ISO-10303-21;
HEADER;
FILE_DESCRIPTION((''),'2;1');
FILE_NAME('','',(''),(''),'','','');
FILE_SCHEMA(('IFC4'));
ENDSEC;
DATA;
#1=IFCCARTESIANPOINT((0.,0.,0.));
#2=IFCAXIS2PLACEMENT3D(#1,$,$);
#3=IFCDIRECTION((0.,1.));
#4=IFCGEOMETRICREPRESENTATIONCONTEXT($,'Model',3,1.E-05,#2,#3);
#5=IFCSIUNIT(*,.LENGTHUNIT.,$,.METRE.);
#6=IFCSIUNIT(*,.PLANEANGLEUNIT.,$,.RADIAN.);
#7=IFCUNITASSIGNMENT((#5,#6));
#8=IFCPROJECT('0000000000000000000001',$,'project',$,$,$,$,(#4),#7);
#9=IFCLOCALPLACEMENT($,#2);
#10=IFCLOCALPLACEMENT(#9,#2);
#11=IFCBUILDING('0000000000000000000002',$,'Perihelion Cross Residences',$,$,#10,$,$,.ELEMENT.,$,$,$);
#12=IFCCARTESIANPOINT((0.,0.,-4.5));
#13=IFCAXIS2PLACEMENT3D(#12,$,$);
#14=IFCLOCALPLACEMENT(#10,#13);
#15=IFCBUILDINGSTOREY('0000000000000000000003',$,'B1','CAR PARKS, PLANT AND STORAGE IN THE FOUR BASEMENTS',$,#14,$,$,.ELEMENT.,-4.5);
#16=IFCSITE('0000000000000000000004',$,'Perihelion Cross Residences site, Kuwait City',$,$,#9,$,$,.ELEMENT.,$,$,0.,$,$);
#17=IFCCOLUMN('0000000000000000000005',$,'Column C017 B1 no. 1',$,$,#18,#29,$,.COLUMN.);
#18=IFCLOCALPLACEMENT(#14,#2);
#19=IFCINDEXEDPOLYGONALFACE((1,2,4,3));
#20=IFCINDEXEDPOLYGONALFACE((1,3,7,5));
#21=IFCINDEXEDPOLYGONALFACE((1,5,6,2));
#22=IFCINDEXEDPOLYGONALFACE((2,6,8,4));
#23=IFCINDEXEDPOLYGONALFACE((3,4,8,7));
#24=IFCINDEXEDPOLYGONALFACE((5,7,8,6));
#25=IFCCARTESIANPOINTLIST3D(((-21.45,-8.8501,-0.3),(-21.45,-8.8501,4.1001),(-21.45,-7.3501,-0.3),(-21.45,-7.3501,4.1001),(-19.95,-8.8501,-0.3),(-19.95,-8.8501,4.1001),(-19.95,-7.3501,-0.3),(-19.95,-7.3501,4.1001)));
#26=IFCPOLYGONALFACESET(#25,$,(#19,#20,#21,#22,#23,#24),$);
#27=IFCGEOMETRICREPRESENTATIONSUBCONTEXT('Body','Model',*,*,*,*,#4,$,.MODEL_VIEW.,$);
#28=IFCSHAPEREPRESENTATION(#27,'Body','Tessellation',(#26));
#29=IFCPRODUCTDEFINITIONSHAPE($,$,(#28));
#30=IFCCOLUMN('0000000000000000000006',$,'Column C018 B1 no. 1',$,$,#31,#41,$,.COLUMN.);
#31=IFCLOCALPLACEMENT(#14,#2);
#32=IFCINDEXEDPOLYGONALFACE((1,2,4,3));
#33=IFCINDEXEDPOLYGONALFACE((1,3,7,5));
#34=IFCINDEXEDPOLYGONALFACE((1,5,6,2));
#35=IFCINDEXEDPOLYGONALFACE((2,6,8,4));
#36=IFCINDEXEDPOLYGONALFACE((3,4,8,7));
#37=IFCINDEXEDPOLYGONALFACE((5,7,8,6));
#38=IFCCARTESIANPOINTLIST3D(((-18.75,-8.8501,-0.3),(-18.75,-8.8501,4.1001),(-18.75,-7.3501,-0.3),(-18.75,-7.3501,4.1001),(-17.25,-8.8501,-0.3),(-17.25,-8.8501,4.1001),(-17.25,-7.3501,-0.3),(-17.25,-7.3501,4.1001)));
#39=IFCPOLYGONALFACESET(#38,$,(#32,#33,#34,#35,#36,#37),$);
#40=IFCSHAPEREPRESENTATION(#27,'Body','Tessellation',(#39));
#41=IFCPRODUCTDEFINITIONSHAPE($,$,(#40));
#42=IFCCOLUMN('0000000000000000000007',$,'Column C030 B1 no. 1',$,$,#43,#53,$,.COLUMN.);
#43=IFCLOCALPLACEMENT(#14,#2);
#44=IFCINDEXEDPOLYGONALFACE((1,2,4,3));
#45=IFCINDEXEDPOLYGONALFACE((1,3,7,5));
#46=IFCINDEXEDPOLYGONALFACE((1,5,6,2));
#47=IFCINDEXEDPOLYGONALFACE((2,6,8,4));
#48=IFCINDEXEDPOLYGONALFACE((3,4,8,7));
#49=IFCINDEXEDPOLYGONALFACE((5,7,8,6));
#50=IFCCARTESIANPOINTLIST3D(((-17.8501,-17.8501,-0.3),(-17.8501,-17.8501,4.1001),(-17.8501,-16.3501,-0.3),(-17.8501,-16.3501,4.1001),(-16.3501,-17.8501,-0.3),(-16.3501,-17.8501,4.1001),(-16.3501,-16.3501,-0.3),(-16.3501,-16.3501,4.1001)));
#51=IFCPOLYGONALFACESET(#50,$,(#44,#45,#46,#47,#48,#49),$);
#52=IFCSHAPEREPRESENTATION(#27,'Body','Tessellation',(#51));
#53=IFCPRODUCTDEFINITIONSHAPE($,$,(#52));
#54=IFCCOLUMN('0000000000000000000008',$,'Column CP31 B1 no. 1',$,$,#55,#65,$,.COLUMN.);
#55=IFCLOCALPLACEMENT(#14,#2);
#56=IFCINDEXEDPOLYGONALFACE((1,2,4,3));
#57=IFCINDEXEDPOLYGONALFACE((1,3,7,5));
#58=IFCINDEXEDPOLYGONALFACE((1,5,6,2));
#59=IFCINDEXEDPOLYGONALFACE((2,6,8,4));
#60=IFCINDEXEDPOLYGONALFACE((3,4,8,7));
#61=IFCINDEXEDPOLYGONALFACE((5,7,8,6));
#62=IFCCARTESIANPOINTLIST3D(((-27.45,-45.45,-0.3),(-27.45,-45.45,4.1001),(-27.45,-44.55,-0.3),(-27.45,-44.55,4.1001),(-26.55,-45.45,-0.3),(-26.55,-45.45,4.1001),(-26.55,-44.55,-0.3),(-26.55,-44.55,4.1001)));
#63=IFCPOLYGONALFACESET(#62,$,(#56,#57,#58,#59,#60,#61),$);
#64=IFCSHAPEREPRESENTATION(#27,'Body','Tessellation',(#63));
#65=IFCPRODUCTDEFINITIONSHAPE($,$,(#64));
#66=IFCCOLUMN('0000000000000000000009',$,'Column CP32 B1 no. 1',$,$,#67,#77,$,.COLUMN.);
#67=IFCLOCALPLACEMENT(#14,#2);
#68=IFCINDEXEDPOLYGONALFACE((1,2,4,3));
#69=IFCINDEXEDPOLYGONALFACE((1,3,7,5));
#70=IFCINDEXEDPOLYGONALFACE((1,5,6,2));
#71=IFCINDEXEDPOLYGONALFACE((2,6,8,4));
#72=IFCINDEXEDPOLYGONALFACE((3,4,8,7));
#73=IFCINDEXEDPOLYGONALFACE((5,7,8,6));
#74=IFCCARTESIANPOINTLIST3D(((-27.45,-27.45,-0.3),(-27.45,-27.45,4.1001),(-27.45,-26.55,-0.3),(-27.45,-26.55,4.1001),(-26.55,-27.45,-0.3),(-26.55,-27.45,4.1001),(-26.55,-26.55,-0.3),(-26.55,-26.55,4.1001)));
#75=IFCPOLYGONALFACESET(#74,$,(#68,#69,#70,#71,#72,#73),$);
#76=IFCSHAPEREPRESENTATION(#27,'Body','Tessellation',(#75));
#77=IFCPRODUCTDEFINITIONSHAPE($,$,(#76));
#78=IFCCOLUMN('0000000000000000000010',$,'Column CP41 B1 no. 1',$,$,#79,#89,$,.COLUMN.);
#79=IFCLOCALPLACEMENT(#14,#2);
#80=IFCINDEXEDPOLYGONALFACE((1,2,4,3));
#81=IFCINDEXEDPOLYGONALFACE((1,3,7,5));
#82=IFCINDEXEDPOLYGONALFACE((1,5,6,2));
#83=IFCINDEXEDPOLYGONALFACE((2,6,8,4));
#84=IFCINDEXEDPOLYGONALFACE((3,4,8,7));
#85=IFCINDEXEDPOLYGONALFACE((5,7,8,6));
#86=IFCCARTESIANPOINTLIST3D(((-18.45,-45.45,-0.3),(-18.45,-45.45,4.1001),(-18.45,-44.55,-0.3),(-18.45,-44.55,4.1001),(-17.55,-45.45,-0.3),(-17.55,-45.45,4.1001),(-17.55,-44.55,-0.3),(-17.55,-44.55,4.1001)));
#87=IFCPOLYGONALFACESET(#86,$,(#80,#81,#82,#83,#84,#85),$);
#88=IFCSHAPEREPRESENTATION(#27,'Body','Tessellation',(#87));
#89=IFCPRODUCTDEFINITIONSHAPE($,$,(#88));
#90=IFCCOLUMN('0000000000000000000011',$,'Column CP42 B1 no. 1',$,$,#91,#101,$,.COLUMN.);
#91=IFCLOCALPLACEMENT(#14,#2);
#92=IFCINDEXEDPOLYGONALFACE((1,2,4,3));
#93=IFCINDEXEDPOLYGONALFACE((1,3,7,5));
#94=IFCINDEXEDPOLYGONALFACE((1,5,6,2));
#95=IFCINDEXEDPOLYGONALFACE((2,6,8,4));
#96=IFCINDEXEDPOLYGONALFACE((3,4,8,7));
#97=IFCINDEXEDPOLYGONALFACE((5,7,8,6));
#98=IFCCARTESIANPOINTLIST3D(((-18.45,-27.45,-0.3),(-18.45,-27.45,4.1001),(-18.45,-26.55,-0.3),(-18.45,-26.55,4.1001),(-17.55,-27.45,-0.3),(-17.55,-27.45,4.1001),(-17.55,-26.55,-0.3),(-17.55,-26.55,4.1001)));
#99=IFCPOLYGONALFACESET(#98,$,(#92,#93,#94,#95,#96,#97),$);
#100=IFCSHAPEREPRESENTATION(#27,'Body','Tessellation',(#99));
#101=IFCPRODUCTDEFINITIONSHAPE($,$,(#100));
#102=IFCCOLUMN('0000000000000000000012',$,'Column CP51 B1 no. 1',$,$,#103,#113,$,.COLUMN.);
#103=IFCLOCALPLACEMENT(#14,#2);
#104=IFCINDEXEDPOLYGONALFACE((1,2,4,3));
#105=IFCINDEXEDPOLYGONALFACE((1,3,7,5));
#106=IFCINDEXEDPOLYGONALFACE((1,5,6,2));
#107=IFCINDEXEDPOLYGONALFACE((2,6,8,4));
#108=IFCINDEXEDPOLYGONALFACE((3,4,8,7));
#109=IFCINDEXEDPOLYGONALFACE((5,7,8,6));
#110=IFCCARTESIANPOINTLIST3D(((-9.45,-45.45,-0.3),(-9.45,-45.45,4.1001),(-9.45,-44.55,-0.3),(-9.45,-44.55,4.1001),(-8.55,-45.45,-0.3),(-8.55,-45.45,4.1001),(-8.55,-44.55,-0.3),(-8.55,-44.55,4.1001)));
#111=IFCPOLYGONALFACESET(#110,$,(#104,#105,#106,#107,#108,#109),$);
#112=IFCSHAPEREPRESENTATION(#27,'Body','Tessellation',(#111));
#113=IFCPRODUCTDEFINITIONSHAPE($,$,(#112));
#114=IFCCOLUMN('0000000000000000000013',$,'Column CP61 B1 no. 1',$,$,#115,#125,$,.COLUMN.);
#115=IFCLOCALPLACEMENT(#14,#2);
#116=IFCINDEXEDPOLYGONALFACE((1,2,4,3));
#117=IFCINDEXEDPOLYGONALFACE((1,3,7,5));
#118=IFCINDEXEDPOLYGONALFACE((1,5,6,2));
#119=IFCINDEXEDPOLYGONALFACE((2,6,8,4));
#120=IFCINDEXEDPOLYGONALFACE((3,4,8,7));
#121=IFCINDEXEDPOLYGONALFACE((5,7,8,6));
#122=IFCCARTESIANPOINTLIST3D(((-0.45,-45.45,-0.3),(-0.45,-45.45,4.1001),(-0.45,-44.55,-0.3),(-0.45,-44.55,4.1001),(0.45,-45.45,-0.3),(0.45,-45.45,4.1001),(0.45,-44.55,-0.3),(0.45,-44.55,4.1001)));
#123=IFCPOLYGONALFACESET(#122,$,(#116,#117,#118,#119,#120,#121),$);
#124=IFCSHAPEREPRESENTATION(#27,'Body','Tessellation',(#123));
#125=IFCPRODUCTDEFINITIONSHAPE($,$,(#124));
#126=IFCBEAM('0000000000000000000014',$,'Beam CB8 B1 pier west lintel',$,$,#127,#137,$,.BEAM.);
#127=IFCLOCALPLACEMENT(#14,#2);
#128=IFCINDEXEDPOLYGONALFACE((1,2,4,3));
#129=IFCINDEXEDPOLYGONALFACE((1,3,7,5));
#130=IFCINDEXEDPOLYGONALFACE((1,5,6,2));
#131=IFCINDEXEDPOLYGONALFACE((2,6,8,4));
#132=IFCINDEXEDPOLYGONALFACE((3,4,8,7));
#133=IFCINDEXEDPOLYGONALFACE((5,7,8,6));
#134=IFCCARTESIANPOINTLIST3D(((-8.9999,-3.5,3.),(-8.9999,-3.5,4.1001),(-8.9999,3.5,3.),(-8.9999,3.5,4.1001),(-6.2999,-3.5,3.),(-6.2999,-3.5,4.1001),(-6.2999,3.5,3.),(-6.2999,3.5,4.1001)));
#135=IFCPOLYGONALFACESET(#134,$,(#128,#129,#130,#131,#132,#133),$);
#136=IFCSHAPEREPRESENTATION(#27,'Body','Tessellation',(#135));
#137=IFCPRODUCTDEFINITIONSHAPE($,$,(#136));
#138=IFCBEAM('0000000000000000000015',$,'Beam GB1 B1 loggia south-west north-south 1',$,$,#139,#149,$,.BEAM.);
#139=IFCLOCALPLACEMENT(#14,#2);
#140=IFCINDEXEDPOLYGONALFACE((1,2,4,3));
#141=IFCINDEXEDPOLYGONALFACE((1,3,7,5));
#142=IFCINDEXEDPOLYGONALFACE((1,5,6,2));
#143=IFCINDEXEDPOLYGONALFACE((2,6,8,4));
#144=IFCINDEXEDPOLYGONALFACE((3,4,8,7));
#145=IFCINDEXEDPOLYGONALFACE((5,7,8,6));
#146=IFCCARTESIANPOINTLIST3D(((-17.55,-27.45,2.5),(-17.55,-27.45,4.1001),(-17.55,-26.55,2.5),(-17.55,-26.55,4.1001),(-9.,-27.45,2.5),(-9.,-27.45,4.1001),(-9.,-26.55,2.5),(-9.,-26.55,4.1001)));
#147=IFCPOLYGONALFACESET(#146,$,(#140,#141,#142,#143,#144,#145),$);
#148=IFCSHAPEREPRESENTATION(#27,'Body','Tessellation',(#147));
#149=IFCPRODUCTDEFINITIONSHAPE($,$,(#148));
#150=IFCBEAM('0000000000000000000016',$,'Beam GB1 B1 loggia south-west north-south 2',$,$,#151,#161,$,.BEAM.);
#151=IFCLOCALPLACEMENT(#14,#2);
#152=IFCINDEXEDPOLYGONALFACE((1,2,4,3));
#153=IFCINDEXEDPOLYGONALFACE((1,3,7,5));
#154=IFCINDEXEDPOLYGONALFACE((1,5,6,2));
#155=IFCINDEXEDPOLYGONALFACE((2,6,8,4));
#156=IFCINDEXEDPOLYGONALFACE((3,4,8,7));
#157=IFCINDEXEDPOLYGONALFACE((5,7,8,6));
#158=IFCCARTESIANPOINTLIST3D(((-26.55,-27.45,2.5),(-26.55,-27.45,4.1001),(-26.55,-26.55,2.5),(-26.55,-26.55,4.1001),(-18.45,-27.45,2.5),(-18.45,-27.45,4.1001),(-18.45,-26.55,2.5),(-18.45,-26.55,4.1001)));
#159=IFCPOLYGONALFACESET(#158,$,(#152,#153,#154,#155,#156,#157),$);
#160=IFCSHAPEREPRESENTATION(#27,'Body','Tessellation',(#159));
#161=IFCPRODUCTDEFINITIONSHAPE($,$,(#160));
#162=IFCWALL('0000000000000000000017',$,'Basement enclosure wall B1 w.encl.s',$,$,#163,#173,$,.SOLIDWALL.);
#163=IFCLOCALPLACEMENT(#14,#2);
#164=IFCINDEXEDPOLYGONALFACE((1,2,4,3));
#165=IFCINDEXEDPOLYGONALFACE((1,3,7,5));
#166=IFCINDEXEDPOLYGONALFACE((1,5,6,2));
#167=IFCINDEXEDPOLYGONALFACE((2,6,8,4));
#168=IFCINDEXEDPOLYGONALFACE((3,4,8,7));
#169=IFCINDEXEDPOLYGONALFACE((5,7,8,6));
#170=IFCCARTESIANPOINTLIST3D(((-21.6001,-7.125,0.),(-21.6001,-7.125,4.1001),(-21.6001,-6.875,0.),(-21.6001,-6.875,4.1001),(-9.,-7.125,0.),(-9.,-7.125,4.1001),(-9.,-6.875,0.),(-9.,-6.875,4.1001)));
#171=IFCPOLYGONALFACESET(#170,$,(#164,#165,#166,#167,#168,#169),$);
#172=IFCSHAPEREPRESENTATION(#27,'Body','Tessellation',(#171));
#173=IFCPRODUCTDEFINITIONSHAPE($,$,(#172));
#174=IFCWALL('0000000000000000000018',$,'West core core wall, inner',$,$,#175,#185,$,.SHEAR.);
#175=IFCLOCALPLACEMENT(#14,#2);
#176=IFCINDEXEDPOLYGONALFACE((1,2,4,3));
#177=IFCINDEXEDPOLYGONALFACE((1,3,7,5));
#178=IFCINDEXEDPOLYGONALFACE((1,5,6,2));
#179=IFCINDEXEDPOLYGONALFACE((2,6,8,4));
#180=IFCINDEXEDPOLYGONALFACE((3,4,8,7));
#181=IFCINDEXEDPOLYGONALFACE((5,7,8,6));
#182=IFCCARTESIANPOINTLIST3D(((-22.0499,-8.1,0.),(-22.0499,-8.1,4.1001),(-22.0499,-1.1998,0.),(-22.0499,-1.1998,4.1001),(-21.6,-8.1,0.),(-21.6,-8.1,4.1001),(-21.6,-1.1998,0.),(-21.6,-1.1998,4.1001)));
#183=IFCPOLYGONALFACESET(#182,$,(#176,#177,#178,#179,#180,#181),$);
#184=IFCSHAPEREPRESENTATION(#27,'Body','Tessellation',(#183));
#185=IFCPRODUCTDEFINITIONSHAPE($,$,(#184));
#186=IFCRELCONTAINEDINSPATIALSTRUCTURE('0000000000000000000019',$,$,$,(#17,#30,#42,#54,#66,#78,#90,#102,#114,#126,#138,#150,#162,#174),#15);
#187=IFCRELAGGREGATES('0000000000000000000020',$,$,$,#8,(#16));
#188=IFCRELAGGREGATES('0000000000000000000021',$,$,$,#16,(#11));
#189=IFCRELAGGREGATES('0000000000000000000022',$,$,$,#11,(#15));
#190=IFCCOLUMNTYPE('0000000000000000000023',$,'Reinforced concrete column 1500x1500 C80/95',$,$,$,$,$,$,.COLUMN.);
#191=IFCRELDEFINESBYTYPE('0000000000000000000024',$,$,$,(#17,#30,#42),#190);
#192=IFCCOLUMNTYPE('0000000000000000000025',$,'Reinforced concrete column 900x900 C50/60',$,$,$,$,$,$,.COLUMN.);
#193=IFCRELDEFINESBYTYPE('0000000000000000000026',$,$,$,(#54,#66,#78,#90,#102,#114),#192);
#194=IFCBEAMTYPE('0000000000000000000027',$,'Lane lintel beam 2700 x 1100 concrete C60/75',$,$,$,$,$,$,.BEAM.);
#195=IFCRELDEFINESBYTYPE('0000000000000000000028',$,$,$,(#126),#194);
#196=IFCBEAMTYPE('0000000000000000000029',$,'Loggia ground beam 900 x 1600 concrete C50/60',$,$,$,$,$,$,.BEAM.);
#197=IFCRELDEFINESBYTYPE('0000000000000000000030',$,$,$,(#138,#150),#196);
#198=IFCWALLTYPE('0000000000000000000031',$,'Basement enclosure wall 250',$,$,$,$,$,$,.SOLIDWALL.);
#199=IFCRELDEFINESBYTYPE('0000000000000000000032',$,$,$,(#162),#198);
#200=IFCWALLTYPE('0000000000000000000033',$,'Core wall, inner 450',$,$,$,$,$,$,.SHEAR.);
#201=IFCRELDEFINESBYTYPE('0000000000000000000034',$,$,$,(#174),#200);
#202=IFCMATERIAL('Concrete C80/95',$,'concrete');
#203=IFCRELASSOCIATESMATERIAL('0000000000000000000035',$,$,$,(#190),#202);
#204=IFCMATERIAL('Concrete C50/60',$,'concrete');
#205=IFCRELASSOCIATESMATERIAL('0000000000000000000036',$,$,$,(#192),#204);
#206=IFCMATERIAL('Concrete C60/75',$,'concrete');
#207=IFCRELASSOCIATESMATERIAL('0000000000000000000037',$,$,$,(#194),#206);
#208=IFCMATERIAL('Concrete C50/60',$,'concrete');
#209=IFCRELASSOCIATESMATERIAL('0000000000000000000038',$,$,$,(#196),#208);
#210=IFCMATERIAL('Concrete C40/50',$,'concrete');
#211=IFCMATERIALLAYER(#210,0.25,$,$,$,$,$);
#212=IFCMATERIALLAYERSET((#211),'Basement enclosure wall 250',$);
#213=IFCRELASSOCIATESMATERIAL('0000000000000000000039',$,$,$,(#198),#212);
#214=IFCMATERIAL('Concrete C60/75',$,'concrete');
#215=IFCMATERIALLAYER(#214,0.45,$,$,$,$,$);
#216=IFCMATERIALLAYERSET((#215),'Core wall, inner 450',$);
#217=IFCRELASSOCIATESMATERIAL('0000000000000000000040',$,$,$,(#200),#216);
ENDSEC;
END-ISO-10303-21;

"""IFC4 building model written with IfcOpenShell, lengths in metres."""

from ifc_helpers import new_model, si_unit, direction, frame, frame_2d, origin, origin_2d, place, context, subcontext, project, spatial, rectangle, extrude, material, layer, layer_set, material_profile, profile_set, type_object, element, save


model = new_model("IFC4")

# Units and contexts
model_context = context("Model", 3, precision=1e-05, world=origin(), true_north=direction((0.0, 1.0)))
body_context = subcontext(model_context, "Body", "Model", "MODEL_VIEW")
ifc_project = project(units=[si_unit("LENGTHUNIT", "METRE"), si_unit("PLANEANGLEUNIT", "RADIAN")], contexts=[model_context])

# Site, building, storey
site_placement = place(None, origin())
site = spatial("IfcSite", under=ifc_project, at=site_placement, Name="Perihelion Cross Residences site, Kuwait City", CompositionType="ELEMENT", RefElevation=0.0)
building_placement = place(site_placement, origin())
building = spatial("IfcBuilding", under=site, at=building_placement, Name="Perihelion Cross Residences", CompositionType="ELEMENT")
storey_placement = place(building_placement, frame((0.0, 0.0, -4.5)))
storey = spatial("IfcBuildingStorey", under=building, at=storey_placement, Name="B1", Description="CAR PARKS, PLANT AND STORAGE IN THE FOUR BASEMENTS", CompositionType="ELEMENT", Elevation=-4.5)

# Columns
ifc_material_1 = material(Name="Concrete C80/95", Category="concrete")
ifc_material_profile_1 = material_profile(ifc_material_1, rectangle(XDim=1.5, YDim=1.5, at=origin_2d()), Name="RC 1500x1500")
ifc_profile_set_1 = profile_set([ifc_material_profile_1], Name="Concrete C80/95")
column_type_1 = type_object("IfcColumnType", Name="Reinforced concrete column 1500x1500 C80/95", PredefinedType="COLUMN", material=ifc_profile_set_1)
for number, where, z_axis, x_axis, name in (
    (1, (-20.7, -8.1001, -0.3), (0.0, 0.0, 1.0), (1.0, 0.0, 0.0), "Column C017 B1 no. 1"),
    (2, (-18.0, -8.1001, -0.3), (0.0, 0.0, 1.0), (1.0, 0.0, 0.0), "Column C018 B1 no. 1"),
    (3, (-17.1001, -17.1001, -0.3), (0.0, 0.0, 1.0), (1.0, 0.0, 0.0), "Column C030 B1 no. 1"),
):
    element("IfcColumn", number, at=place(storey_placement, frame(where, z_axis=z_axis, x_axis=x_axis)), inside=storey, type_object=column_type_1, Name=name, PredefinedType="COLUMN", context=body_context, shape_type="SweptSolid", body=[
        extrude(rectangle(XDim=1.5, YDim=1.5, at=origin_2d()), origin(), (0.0, 0.0, 1.0), 4.4001),
    ])
ifc_material_2 = material(Name="Concrete C50/60", Category="concrete")
ifc_material_profile_2 = material_profile(ifc_material_2, rectangle(XDim=0.8999, YDim=0.8999, at=origin_2d()), Name="RC 900x900")
ifc_profile_set_2 = profile_set([ifc_material_profile_2], Name="Concrete C50/60")
column_type_2 = type_object("IfcColumnType", Name="Reinforced concrete column 900x900 C50/60", PredefinedType="COLUMN", material=ifc_profile_set_2)
for number, where, z_axis, x_axis, name in (
    (4, (-27.0, -45.0, -0.3), (0.0, 0.0, 1.0), (1.0, 0.0, 0.0), "Column CP31 B1 no. 1"),
    (5, (-27.0, -27.0, -0.3), (0.0, 0.0, 1.0), (1.0, 0.0, 0.0), "Column CP32 B1 no. 1"),
    (6, (-18.0, -45.0, -0.3), (0.0, 0.0, 1.0), (1.0, 0.0, 0.0), "Column CP41 B1 no. 1"),
    (7, (-18.0, -27.0, -0.3), (0.0, 0.0, 1.0), (1.0, 0.0, 0.0), "Column CP42 B1 no. 1"),
    (8, (-9.0, -45.0, -0.3), (0.0, 0.0, 1.0), (1.0, 0.0, 0.0), "Column CP51 B1 no. 1"),
    (9, (0.0, -45.0, -0.3), (0.0, 0.0, 1.0), (1.0, 0.0, 0.0), "Column CP61 B1 no. 1"),
):
    element("IfcColumn", number, at=place(storey_placement, frame(where, z_axis=z_axis, x_axis=x_axis)), inside=storey, type_object=column_type_2, Name=name, PredefinedType="COLUMN", context=body_context, shape_type="SweptSolid", body=[
        extrude(rectangle(XDim=0.8999, YDim=0.8999, at=origin_2d()), origin(), (0.0, 0.0, 1.0), 4.4001),
    ])

# Beams
ifc_material_3 = material(Name="Concrete C60/75", Category="concrete")
ifc_material_profile_3 = material_profile(ifc_material_3, rectangle(XDim=2.7, YDim=1.1001, at=origin_2d()), Name="Lane lintel beam 2700 x 1100 concrete C60/75")
ifc_profile_set_3 = profile_set([ifc_material_profile_3], Name="Concrete C60/75")
beam_type_1 = type_object("IfcBeamType", Name="Lane lintel beam 2700 x 1100 concrete C60/75", PredefinedType="BEAM", material=ifc_profile_set_3)
beam_1_placement = place(storey_placement, frame((-7.6499, -3.5, 3.55), z_axis=(0.0, 1.0, 0.0), x_axis=(-1.0, 0.0, 0.0)))
element("IfcBeam", 10, at=beam_1_placement, inside=storey, type_object=beam_type_1, Name="Beam CB8 B1 pier west lintel", PredefinedType="BEAM", context=body_context, shape_type="SweptSolid", body=[
    extrude(rectangle(XDim=2.7, YDim=1.1001, at=origin_2d()), origin(), (0.0, 0.0, 1.0), 7.0),
])
ifc_material_4 = material(Name="Concrete C50/60", Category="concrete")
ifc_material_profile_4 = material_profile(ifc_material_4, rectangle(XDim=0.8999, YDim=1.6001, at=origin_2d()), Name="RC 900x1600")
ifc_profile_set_4 = profile_set([ifc_material_profile_4], Name="Concrete C50/60")
beam_type_2 = type_object("IfcBeamType", Name="Loggia ground beam 900 x 1600 concrete C50/60", PredefinedType="BEAM", material=ifc_profile_set_4)
beam_2_placement = place(storey_placement, frame((-9.0, -27.0, 3.3), z_axis=(-1.0, 0.0, 0.0), x_axis=(0.0, -1.0, 0.0)))
element("IfcBeam", 11, at=beam_2_placement, inside=storey, type_object=beam_type_2, Name="Beam GB1 B1 loggia south-west north-south 1", PredefinedType="BEAM", context=body_context, shape_type="SweptSolid", body=[
    extrude(rectangle(XDim=0.8999, YDim=1.6001, at=origin_2d()), origin(), (0.0, 0.0, 1.0), 8.55),
])
beam_3_placement = place(storey_placement, frame((-18.45, -27.0, 3.3), z_axis=(-1.0, 0.0, 0.0), x_axis=(0.0, -1.0, 0.0)))
element("IfcBeam", 12, at=beam_3_placement, inside=storey, type_object=beam_type_2, Name="Beam GB1 B1 loggia south-west north-south 2", PredefinedType="BEAM", context=body_context, shape_type="SweptSolid", body=[
    extrude(rectangle(XDim=0.8999, YDim=1.6001, at=origin_2d()), origin(), (0.0, 0.0, 1.0), 8.1001),
])

# Walls
ifc_material_5 = material(Name="Concrete C40/50", Category="concrete")
ifc_layer_1 = layer(ifc_material_5, 0.25)
ifc_layer_set_1 = layer_set([ifc_layer_1], Name="Basement enclosure wall 250")
wall_type_1 = type_object("IfcWallType", Name="Basement enclosure wall 250", PredefinedType="SOLIDWALL", material=ifc_layer_set_1)
wall_1_placement = place(storey_placement, frame((-9.0, -7.0, 0.0), z_axis=(0.0, 0.0, 1.0), x_axis=(-1.0, 0.0, 0.0)))
element("IfcWall", 13, at=wall_1_placement, inside=storey, type_object=wall_type_1, Name="Basement enclosure wall B1 w.encl.s", PredefinedType="SOLIDWALL", context=body_context, shape_type="SweptSolid", body=[
    extrude(rectangle(XDim=12.6001, YDim=0.25, at=frame_2d((6.3, 0.0))), origin(), (0.0, 0.0, 1.0), 4.1001),
])
ifc_material_6 = material(Name="Concrete C60/75", Category="concrete")
ifc_layer_2 = layer(ifc_material_6, 0.45)
ifc_layer_set_2 = layer_set([ifc_layer_2], Name="Core wall, inner 450")
wall_type_2 = type_object("IfcWallType", Name="Core wall, inner 450", PredefinedType="SHEAR", material=ifc_layer_set_2)
wall_2_placement = place(storey_placement, frame((-21.825, -8.1001, 0.0), z_axis=(0.0, 0.0, 1.0), x_axis=(0.0, 1.0, 0.0)))
element("IfcWall", 14, at=wall_2_placement, inside=storey, type_object=wall_type_2, Name="West core core wall, inner", PredefinedType="SHEAR", context=body_context, shape_type="SweptSolid", body=[
    extrude(rectangle(XDim=6.9001, YDim=0.45, at=frame_2d((3.4502, 0.0))), origin(), (0.0, 0.0, 1.0), 4.1001),
])

save(model, "model.ifc")
